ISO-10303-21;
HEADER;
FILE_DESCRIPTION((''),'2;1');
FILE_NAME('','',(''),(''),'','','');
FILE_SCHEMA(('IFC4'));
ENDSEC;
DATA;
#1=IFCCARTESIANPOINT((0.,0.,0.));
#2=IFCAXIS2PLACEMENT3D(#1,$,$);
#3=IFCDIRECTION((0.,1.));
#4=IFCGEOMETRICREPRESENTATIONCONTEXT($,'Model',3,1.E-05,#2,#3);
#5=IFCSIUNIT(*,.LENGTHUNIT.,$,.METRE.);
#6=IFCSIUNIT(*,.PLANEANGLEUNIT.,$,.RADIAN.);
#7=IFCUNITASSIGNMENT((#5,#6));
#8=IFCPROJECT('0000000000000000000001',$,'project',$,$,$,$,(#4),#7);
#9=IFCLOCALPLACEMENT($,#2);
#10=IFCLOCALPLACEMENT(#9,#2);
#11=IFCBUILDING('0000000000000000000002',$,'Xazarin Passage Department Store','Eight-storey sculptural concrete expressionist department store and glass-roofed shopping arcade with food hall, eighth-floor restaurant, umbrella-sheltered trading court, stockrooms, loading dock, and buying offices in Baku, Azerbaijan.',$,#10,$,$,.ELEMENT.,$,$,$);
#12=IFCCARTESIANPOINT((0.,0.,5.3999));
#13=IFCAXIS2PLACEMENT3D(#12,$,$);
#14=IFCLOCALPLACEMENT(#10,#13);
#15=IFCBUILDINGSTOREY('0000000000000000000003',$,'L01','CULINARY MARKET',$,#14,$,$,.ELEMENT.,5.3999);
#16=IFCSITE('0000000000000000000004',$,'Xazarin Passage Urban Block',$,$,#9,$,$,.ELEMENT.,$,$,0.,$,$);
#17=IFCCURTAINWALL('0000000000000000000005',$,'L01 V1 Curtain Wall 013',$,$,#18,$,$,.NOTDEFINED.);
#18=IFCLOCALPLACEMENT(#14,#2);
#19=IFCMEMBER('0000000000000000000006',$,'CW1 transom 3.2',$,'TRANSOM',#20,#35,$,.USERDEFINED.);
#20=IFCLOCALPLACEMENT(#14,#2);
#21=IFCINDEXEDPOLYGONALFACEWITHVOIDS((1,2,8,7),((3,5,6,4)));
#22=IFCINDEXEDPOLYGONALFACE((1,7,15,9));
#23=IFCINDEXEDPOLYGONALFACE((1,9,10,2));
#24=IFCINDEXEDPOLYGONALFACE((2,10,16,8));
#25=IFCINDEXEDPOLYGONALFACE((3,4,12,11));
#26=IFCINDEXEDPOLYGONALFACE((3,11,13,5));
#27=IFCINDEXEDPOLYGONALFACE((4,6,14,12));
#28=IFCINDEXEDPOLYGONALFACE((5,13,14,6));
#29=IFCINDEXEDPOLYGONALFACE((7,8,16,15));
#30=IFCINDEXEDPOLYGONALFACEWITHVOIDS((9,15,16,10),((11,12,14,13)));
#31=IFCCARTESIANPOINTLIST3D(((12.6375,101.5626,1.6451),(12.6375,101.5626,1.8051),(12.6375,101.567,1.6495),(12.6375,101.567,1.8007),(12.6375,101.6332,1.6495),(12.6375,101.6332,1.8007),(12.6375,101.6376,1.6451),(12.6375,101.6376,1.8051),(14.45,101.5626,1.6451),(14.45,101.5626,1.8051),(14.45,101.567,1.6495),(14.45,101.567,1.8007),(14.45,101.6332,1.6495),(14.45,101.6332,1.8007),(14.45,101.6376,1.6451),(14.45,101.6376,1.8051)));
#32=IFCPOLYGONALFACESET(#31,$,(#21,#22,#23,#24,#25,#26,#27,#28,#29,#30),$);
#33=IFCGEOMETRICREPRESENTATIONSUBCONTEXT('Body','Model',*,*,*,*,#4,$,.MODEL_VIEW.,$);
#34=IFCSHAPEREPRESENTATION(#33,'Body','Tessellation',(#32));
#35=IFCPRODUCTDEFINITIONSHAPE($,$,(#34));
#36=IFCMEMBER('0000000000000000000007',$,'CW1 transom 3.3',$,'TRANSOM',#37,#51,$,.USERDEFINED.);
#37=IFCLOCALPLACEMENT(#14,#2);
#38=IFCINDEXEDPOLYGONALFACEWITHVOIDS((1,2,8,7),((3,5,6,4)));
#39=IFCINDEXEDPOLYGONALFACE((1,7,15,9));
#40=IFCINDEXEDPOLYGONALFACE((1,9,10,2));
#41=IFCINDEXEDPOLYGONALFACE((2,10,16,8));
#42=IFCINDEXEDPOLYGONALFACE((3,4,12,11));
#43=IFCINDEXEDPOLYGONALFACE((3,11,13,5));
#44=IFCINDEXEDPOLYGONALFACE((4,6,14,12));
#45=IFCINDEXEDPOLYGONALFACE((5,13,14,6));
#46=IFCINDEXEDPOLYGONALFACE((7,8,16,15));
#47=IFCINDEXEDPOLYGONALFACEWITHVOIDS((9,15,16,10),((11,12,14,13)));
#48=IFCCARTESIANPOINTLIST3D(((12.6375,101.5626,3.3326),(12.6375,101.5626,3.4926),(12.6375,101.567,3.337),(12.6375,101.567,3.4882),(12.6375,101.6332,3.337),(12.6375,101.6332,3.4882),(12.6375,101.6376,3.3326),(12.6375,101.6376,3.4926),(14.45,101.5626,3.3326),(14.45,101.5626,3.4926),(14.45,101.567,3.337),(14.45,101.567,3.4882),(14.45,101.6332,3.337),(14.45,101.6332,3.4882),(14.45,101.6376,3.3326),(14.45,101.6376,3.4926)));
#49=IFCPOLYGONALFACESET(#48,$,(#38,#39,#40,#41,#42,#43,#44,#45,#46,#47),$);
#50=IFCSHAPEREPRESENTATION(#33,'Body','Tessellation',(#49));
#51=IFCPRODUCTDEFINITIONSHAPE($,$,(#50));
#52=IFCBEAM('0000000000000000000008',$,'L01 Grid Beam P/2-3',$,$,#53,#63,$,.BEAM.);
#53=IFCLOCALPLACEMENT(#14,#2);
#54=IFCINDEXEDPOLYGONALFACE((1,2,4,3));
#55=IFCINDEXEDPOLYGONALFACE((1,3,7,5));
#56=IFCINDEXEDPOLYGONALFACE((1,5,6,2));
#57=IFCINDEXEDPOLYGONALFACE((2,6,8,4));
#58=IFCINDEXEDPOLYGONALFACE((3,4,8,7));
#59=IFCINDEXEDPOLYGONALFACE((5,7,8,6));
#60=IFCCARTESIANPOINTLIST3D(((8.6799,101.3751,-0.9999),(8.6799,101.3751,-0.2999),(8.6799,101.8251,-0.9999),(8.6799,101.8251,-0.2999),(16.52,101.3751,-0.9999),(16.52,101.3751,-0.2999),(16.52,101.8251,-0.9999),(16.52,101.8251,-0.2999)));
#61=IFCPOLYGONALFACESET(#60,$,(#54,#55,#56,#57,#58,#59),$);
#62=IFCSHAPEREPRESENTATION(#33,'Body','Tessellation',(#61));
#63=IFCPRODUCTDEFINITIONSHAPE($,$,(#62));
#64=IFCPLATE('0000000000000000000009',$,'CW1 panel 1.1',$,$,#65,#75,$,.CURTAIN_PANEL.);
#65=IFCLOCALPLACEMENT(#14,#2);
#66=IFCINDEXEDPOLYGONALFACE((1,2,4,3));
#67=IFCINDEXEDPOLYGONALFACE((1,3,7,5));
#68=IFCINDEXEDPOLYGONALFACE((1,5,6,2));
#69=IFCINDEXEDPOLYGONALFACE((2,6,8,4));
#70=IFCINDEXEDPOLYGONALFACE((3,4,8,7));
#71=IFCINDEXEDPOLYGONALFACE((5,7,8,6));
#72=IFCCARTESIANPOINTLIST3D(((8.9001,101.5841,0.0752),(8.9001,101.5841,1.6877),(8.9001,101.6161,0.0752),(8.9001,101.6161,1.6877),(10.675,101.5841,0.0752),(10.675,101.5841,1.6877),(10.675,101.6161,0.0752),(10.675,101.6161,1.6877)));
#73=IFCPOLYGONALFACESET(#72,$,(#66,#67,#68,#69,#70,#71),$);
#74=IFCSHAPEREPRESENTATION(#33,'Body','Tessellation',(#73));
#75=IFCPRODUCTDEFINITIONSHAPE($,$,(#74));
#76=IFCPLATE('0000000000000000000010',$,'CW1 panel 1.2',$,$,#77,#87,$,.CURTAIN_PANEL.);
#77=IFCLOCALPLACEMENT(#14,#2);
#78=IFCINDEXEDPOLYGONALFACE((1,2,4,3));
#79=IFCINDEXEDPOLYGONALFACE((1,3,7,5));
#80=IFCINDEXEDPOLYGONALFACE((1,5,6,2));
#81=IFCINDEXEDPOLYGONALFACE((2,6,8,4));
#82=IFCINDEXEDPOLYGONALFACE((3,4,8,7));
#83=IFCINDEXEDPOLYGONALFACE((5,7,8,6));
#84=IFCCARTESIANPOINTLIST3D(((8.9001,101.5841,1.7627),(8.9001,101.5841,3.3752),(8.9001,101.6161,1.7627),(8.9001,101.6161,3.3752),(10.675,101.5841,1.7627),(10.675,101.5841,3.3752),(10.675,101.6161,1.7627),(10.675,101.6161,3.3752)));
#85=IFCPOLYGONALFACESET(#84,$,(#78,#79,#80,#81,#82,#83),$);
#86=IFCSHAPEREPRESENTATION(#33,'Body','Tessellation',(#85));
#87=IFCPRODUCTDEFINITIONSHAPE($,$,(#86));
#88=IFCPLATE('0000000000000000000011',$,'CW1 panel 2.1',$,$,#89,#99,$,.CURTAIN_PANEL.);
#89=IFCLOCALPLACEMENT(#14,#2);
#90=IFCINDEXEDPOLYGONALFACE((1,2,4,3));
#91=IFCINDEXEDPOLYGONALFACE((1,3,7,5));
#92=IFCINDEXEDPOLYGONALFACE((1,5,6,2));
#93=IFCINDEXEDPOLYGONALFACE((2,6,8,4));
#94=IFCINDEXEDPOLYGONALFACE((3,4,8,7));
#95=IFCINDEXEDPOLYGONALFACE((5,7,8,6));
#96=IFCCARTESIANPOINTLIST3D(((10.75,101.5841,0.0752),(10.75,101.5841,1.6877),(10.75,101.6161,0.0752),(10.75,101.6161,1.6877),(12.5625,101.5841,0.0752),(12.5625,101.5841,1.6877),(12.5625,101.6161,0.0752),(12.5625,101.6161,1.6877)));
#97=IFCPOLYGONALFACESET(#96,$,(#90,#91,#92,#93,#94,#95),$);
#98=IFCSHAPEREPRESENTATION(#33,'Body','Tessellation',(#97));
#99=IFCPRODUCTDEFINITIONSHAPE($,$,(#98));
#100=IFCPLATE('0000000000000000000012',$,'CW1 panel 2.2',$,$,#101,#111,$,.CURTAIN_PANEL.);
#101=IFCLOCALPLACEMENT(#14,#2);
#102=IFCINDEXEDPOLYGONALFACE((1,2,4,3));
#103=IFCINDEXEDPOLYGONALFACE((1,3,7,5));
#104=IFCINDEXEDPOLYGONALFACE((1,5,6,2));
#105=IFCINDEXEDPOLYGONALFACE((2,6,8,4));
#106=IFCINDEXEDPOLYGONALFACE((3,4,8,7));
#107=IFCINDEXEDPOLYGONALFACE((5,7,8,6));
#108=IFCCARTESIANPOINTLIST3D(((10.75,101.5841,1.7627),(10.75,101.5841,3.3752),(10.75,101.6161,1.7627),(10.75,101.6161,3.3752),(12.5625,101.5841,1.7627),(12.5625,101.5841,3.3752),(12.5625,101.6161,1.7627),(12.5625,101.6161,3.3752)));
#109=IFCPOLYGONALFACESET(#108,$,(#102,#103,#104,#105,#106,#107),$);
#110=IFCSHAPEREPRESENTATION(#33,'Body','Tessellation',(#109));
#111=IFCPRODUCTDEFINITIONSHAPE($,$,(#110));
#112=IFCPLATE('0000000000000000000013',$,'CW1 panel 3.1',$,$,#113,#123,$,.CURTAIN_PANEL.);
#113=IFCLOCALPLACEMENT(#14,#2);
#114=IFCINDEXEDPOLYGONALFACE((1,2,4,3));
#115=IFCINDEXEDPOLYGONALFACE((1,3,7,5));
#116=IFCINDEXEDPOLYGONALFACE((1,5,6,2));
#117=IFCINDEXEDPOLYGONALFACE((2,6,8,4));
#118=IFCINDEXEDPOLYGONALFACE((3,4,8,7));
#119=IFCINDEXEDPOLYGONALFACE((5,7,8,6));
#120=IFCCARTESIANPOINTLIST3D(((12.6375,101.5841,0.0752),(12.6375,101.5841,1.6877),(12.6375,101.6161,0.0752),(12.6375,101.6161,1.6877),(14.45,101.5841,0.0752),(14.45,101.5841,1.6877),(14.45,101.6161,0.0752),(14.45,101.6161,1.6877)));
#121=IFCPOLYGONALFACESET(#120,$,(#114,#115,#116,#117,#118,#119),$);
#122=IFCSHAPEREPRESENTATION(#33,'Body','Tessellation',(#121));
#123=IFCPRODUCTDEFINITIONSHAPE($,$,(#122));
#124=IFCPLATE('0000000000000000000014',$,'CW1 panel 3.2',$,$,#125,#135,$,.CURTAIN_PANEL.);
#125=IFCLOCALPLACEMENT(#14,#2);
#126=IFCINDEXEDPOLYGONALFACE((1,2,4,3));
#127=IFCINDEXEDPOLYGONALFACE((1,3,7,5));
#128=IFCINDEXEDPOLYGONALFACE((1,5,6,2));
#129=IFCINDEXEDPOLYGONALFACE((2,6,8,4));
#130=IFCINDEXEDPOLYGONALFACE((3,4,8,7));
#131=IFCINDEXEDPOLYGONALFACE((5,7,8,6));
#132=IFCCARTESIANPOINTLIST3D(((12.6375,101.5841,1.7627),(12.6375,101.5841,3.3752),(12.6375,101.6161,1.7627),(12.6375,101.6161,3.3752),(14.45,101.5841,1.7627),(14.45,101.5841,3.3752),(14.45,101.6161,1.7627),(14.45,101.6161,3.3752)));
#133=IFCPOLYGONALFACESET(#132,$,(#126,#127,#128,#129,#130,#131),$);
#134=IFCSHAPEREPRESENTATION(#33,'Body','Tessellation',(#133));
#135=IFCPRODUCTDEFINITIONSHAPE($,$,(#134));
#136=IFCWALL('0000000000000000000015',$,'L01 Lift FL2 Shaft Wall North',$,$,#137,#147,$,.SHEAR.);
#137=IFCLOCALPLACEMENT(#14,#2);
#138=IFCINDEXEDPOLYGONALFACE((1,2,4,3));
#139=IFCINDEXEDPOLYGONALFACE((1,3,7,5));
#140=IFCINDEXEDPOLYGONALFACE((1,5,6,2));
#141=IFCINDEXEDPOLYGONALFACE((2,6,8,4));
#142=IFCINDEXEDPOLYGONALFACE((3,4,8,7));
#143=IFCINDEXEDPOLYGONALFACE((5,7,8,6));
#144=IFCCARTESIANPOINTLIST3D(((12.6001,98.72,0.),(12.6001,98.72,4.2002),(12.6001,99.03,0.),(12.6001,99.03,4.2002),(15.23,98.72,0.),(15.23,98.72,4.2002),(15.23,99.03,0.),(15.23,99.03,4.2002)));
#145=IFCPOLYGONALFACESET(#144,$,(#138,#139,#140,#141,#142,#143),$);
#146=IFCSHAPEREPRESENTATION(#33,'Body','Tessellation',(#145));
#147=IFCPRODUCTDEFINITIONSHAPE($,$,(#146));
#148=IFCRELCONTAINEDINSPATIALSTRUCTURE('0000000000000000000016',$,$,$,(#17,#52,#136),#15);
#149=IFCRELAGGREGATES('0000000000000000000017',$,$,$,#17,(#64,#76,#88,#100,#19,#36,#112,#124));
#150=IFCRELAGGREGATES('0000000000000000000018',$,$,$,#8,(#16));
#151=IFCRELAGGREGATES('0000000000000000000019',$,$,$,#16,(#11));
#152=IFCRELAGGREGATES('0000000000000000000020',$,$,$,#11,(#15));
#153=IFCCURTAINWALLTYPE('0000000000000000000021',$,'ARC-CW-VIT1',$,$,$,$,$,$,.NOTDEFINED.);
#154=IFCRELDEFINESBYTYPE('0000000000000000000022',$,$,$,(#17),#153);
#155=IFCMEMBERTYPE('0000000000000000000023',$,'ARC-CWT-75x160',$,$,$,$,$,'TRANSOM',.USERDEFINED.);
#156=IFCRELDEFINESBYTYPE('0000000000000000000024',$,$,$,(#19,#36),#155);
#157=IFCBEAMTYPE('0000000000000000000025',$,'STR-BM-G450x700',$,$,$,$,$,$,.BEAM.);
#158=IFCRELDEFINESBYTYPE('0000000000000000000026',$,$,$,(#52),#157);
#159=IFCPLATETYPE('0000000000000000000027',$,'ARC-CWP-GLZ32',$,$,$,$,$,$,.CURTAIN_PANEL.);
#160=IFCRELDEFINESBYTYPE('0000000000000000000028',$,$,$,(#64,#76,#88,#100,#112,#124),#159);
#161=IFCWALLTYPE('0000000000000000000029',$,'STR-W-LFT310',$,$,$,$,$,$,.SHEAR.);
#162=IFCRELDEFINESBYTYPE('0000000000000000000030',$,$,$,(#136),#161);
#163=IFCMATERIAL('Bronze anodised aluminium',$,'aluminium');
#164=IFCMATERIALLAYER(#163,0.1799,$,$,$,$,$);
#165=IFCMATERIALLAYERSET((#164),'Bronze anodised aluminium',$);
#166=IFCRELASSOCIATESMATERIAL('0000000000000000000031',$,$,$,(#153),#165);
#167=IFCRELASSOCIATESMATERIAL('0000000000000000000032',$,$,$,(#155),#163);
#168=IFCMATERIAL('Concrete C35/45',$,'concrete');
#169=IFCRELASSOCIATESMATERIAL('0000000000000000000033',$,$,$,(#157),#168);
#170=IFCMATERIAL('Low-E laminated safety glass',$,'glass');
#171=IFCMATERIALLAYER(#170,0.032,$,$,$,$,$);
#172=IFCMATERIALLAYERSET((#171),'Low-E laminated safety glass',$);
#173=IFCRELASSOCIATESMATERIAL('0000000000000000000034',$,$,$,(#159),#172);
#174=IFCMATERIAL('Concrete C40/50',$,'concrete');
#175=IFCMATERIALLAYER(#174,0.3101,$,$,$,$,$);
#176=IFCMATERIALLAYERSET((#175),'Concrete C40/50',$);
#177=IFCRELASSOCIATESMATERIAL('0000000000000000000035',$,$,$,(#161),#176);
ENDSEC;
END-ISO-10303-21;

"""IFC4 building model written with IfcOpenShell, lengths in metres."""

from ifc_helpers import new_model, si_unit, direction, frame, frame_2d, origin, origin_2d, place, context, subcontext, project, spatial, rectangle, hollow_rectangle, extrude, material, layer, layer_set, material_profile, profile_set, type_object, element, aggregate, save


model = new_model("IFC4")

# Units and contexts
model_context = context("Model", 3, precision=1e-05, world=origin(), true_north=direction((0.0, 1.0)))
body_context = subcontext(model_context, "Body", "Model", "MODEL_VIEW")
ifc_project = project(units=[si_unit("LENGTHUNIT", "METRE"), si_unit("PLANEANGLEUNIT", "RADIAN")], contexts=[model_context])

# Site, building, storey
site_placement = place(None, origin())
site = spatial("IfcSite", under=ifc_project, at=site_placement, Name="Xazarin Passage Urban Block", CompositionType="ELEMENT", RefElevation=0.0)
building_placement = place(site_placement, origin())
building = spatial("IfcBuilding", under=site, at=building_placement, Name="Xazarin Passage Department Store", Description="Eight-storey sculptural concrete expressionist department store and glass-roofed shopping arcade with food hall, eighth-floor restaurant, umbrella-sheltered trading court, stockrooms, loading dock, and buying offices in Baku, Azerbaijan.", CompositionType="ELEMENT")
storey_placement = place(building_placement, frame((0.0, 0.0, 5.3999)))
storey = spatial("IfcBuildingStorey", under=building, at=storey_placement, Name="L01", Description="CULINARY MARKET", CompositionType="ELEMENT", Elevation=5.3999)

# Curtain wall, members
ifc_material_1 = material(Name="Bronze anodised aluminium", Category="aluminium")
ifc_layer_1 = layer(ifc_material_1, 0.1799)
ifc_layer_set_1 = layer_set([ifc_layer_1], Name="Bronze anodised aluminium")
curtain_wall_type = type_object("IfcCurtainWallType", Name="ARC-CW-VIT1", PredefinedType="NOTDEFINED", material=ifc_layer_set_1)
curtain_wall_placement = place(storey_placement, origin())
curtain_wall = element("IfcCurtainWall", 1, at=curtain_wall_placement, inside=storey, type_object=curtain_wall_type, Name="L01 V1 Curtain Wall 013", PredefinedType="NOTDEFINED")
ifc_material_profile_1 = material_profile(ifc_material_1, hollow_rectangle(XDim=0.075, YDim=0.1599, WallThickness=0.0044, at=origin_2d()), Name="ALU 75x160")
ifc_profile_set_1 = profile_set([ifc_material_profile_1], Name="Bronze anodised aluminium")
member_type_1 = type_object("IfcMemberType", Name="ARC-CWT-75x160", ElementType="TRANSOM", PredefinedType="USERDEFINED", material=ifc_profile_set_1)
member_1_placement = place(storey_placement, frame((12.6375, 101.6001, 1.7251), z_axis=(1.0, 0.0, 0.0), x_axis=(0.0, 1.0, 0.0)))
member_1 = element("IfcMember", 2, at=member_1_placement, type_object=member_type_1, Name="CW1 transom 3.2", ObjectType="TRANSOM", PredefinedType="USERDEFINED", context=body_context, shape_type="SweptSolid", body=[
    extrude(hollow_rectangle(XDim=0.075, YDim=0.1599, WallThickness=0.0044, at=origin_2d()), origin(), (0.0, 0.0, 1.0), 1.8125),
])
member_2_placement = place(storey_placement, frame((12.6375, 101.6001, 3.4126), z_axis=(1.0, 0.0, 0.0), x_axis=(0.0, 1.0, 0.0)))
member_2 = element("IfcMember", 3, at=member_2_placement, type_object=member_type_1, Name="CW1 transom 3.3", ObjectType="TRANSOM", PredefinedType="USERDEFINED", context=body_context, shape_type="SweptSolid", body=[
    extrude(hollow_rectangle(XDim=0.075, YDim=0.1599, WallThickness=0.0044, at=origin_2d()), origin(), (0.0, 0.0, 1.0), 1.8125),
])

# Beam
ifc_material_2 = material(Name="Concrete C35/45", Category="concrete")
ifc_material_profile_2 = material_profile(ifc_material_2, rectangle(XDim=0.45, YDim=0.7, at=origin_2d()), Name="RC 450x700")
ifc_profile_set_2 = profile_set([ifc_material_profile_2], Name="Concrete C35/45")
beam_type = type_object("IfcBeamType", Name="STR-BM-G450x700", PredefinedType="BEAM", material=ifc_profile_set_2)
beam_placement = place(storey_placement, frame((8.6799, 101.6001, -0.6499), z_axis=(1.0, 0.0, 0.0), x_axis=(0.0, 1.0, 0.0)))
element("IfcBeam", 4, at=beam_placement, inside=storey, type_object=beam_type, Name="L01 Grid Beam P/2-3", PredefinedType="BEAM", context=body_context, shape_type="SweptSolid", body=[
    extrude(rectangle(XDim=0.45, YDim=0.7, at=origin_2d()), origin(), (0.0, 0.0, 1.0), 7.8401),
])

# Plates
ifc_material_3 = material(Name="Low-E laminated safety glass", Category="glass")
ifc_layer_2 = layer(ifc_material_3, 0.032)
ifc_layer_set_2 = layer_set([ifc_layer_2], Name="Low-E laminated safety glass")
plate_type = type_object("IfcPlateType", Name="ARC-CWP-GLZ32", PredefinedType="CURTAIN_PANEL", material=ifc_layer_set_2)
plate_1_placement = place(storey_placement, frame((9.7876, 101.6001, 0.0752), z_axis=(0.0, 0.0, 1.0), x_axis=(1.0, 0.0, 0.0)))
plate_1 = element("IfcPlate", 5, at=plate_1_placement, type_object=plate_type, Name="CW1 panel 1.1", PredefinedType="CURTAIN_PANEL", context=body_context, shape_type="SweptSolid", body=[
    extrude(rectangle(XDim=1.7749, YDim=0.032, at=origin_2d()), origin(), (0.0, 0.0, 1.0), 1.6125),
])
plate_2_placement = place(storey_placement, frame((9.7876, 101.6001, 1.7627), z_axis=(0.0, 0.0, 1.0), x_axis=(1.0, 0.0, 0.0)))
plate_2 = element("IfcPlate", 6, at=plate_2_placement, type_object=plate_type, Name="CW1 panel 1.2", PredefinedType="CURTAIN_PANEL", context=body_context, shape_type="SweptSolid", body=[
    extrude(rectangle(XDim=1.7749, YDim=0.032, at=origin_2d()), origin(), (0.0, 0.0, 1.0), 1.6125),
])
plate_3_placement = place(storey_placement, frame((11.6562, 101.6001, 0.0752), z_axis=(0.0, 0.0, 1.0), x_axis=(1.0, 0.0, 0.0)))
plate_3 = element("IfcPlate", 7, at=plate_3_placement, type_object=plate_type, Name="CW1 panel 2.1", PredefinedType="CURTAIN_PANEL", context=body_context, shape_type="SweptSolid", body=[
    extrude(rectangle(XDim=1.8125, YDim=0.032, at=origin_2d()), origin(), (0.0, 0.0, 1.0), 1.6125),
])
plate_4_placement = place(storey_placement, frame((11.6562, 101.6001, 1.7627), z_axis=(0.0, 0.0, 1.0), x_axis=(1.0, 0.0, 0.0)))
plate_4 = element("IfcPlate", 8, at=plate_4_placement, type_object=plate_type, Name="CW1 panel 2.2", PredefinedType="CURTAIN_PANEL", context=body_context, shape_type="SweptSolid", body=[
    extrude(rectangle(XDim=1.8125, YDim=0.032, at=origin_2d()), origin(), (0.0, 0.0, 1.0), 1.6125),
])
plate_5_placement = place(storey_placement, frame((13.5437, 101.6001, 0.0752), z_axis=(0.0, 0.0, 1.0), x_axis=(1.0, 0.0, 0.0)))
plate_5 = element("IfcPlate", 9, at=plate_5_placement, type_object=plate_type, Name="CW1 panel 3.1", PredefinedType="CURTAIN_PANEL", context=body_context, shape_type="SweptSolid", body=[
    extrude(rectangle(XDim=1.8125, YDim=0.032, at=origin_2d()), origin(), (0.0, 0.0, 1.0), 1.6125),
])
plate_6_placement = place(storey_placement, frame((13.5437, 101.6001, 1.7627), z_axis=(0.0, 0.0, 1.0), x_axis=(1.0, 0.0, 0.0)))
plate_6 = element("IfcPlate", 10, at=plate_6_placement, type_object=plate_type, Name="CW1 panel 3.2", PredefinedType="CURTAIN_PANEL", context=body_context, shape_type="SweptSolid", body=[
    extrude(rectangle(XDim=1.8125, YDim=0.032, at=origin_2d()), origin(), (0.0, 0.0, 1.0), 1.6125),
])
aggregate(curtain_wall, [plate_1, plate_2, plate_3, plate_4, member_1, member_2, plate_5, plate_6])

# Wall
ifc_material_4 = material(Name="Concrete C40/50", Category="concrete")
ifc_layer_3 = layer(ifc_material_4, 0.3101)
ifc_layer_set_3 = layer_set([ifc_layer_3], Name="Concrete C40/50")
wall_type = type_object("IfcWallType", Name="STR-W-LFT310", PredefinedType="SHEAR", material=ifc_layer_set_3)
wall_1_placement = place(storey_placement, frame((12.6001, 98.875, 0.0), z_axis=(0.0, 0.0, 1.0), x_axis=(1.0, 0.0, 0.0)))
element("IfcWall", 11, at=wall_1_placement, inside=storey, type_object=wall_type, Name="L01 Lift FL2 Shaft Wall North", PredefinedType="SHEAR", context=body_context, shape_type="SweptSolid", body=[
    extrude(rectangle(XDim=2.6299, YDim=0.3101, at=frame_2d((1.3149, 0.0))), origin(), (0.0, 0.0, 1.0), 4.2002),
])

save(model, "model.ifc")
